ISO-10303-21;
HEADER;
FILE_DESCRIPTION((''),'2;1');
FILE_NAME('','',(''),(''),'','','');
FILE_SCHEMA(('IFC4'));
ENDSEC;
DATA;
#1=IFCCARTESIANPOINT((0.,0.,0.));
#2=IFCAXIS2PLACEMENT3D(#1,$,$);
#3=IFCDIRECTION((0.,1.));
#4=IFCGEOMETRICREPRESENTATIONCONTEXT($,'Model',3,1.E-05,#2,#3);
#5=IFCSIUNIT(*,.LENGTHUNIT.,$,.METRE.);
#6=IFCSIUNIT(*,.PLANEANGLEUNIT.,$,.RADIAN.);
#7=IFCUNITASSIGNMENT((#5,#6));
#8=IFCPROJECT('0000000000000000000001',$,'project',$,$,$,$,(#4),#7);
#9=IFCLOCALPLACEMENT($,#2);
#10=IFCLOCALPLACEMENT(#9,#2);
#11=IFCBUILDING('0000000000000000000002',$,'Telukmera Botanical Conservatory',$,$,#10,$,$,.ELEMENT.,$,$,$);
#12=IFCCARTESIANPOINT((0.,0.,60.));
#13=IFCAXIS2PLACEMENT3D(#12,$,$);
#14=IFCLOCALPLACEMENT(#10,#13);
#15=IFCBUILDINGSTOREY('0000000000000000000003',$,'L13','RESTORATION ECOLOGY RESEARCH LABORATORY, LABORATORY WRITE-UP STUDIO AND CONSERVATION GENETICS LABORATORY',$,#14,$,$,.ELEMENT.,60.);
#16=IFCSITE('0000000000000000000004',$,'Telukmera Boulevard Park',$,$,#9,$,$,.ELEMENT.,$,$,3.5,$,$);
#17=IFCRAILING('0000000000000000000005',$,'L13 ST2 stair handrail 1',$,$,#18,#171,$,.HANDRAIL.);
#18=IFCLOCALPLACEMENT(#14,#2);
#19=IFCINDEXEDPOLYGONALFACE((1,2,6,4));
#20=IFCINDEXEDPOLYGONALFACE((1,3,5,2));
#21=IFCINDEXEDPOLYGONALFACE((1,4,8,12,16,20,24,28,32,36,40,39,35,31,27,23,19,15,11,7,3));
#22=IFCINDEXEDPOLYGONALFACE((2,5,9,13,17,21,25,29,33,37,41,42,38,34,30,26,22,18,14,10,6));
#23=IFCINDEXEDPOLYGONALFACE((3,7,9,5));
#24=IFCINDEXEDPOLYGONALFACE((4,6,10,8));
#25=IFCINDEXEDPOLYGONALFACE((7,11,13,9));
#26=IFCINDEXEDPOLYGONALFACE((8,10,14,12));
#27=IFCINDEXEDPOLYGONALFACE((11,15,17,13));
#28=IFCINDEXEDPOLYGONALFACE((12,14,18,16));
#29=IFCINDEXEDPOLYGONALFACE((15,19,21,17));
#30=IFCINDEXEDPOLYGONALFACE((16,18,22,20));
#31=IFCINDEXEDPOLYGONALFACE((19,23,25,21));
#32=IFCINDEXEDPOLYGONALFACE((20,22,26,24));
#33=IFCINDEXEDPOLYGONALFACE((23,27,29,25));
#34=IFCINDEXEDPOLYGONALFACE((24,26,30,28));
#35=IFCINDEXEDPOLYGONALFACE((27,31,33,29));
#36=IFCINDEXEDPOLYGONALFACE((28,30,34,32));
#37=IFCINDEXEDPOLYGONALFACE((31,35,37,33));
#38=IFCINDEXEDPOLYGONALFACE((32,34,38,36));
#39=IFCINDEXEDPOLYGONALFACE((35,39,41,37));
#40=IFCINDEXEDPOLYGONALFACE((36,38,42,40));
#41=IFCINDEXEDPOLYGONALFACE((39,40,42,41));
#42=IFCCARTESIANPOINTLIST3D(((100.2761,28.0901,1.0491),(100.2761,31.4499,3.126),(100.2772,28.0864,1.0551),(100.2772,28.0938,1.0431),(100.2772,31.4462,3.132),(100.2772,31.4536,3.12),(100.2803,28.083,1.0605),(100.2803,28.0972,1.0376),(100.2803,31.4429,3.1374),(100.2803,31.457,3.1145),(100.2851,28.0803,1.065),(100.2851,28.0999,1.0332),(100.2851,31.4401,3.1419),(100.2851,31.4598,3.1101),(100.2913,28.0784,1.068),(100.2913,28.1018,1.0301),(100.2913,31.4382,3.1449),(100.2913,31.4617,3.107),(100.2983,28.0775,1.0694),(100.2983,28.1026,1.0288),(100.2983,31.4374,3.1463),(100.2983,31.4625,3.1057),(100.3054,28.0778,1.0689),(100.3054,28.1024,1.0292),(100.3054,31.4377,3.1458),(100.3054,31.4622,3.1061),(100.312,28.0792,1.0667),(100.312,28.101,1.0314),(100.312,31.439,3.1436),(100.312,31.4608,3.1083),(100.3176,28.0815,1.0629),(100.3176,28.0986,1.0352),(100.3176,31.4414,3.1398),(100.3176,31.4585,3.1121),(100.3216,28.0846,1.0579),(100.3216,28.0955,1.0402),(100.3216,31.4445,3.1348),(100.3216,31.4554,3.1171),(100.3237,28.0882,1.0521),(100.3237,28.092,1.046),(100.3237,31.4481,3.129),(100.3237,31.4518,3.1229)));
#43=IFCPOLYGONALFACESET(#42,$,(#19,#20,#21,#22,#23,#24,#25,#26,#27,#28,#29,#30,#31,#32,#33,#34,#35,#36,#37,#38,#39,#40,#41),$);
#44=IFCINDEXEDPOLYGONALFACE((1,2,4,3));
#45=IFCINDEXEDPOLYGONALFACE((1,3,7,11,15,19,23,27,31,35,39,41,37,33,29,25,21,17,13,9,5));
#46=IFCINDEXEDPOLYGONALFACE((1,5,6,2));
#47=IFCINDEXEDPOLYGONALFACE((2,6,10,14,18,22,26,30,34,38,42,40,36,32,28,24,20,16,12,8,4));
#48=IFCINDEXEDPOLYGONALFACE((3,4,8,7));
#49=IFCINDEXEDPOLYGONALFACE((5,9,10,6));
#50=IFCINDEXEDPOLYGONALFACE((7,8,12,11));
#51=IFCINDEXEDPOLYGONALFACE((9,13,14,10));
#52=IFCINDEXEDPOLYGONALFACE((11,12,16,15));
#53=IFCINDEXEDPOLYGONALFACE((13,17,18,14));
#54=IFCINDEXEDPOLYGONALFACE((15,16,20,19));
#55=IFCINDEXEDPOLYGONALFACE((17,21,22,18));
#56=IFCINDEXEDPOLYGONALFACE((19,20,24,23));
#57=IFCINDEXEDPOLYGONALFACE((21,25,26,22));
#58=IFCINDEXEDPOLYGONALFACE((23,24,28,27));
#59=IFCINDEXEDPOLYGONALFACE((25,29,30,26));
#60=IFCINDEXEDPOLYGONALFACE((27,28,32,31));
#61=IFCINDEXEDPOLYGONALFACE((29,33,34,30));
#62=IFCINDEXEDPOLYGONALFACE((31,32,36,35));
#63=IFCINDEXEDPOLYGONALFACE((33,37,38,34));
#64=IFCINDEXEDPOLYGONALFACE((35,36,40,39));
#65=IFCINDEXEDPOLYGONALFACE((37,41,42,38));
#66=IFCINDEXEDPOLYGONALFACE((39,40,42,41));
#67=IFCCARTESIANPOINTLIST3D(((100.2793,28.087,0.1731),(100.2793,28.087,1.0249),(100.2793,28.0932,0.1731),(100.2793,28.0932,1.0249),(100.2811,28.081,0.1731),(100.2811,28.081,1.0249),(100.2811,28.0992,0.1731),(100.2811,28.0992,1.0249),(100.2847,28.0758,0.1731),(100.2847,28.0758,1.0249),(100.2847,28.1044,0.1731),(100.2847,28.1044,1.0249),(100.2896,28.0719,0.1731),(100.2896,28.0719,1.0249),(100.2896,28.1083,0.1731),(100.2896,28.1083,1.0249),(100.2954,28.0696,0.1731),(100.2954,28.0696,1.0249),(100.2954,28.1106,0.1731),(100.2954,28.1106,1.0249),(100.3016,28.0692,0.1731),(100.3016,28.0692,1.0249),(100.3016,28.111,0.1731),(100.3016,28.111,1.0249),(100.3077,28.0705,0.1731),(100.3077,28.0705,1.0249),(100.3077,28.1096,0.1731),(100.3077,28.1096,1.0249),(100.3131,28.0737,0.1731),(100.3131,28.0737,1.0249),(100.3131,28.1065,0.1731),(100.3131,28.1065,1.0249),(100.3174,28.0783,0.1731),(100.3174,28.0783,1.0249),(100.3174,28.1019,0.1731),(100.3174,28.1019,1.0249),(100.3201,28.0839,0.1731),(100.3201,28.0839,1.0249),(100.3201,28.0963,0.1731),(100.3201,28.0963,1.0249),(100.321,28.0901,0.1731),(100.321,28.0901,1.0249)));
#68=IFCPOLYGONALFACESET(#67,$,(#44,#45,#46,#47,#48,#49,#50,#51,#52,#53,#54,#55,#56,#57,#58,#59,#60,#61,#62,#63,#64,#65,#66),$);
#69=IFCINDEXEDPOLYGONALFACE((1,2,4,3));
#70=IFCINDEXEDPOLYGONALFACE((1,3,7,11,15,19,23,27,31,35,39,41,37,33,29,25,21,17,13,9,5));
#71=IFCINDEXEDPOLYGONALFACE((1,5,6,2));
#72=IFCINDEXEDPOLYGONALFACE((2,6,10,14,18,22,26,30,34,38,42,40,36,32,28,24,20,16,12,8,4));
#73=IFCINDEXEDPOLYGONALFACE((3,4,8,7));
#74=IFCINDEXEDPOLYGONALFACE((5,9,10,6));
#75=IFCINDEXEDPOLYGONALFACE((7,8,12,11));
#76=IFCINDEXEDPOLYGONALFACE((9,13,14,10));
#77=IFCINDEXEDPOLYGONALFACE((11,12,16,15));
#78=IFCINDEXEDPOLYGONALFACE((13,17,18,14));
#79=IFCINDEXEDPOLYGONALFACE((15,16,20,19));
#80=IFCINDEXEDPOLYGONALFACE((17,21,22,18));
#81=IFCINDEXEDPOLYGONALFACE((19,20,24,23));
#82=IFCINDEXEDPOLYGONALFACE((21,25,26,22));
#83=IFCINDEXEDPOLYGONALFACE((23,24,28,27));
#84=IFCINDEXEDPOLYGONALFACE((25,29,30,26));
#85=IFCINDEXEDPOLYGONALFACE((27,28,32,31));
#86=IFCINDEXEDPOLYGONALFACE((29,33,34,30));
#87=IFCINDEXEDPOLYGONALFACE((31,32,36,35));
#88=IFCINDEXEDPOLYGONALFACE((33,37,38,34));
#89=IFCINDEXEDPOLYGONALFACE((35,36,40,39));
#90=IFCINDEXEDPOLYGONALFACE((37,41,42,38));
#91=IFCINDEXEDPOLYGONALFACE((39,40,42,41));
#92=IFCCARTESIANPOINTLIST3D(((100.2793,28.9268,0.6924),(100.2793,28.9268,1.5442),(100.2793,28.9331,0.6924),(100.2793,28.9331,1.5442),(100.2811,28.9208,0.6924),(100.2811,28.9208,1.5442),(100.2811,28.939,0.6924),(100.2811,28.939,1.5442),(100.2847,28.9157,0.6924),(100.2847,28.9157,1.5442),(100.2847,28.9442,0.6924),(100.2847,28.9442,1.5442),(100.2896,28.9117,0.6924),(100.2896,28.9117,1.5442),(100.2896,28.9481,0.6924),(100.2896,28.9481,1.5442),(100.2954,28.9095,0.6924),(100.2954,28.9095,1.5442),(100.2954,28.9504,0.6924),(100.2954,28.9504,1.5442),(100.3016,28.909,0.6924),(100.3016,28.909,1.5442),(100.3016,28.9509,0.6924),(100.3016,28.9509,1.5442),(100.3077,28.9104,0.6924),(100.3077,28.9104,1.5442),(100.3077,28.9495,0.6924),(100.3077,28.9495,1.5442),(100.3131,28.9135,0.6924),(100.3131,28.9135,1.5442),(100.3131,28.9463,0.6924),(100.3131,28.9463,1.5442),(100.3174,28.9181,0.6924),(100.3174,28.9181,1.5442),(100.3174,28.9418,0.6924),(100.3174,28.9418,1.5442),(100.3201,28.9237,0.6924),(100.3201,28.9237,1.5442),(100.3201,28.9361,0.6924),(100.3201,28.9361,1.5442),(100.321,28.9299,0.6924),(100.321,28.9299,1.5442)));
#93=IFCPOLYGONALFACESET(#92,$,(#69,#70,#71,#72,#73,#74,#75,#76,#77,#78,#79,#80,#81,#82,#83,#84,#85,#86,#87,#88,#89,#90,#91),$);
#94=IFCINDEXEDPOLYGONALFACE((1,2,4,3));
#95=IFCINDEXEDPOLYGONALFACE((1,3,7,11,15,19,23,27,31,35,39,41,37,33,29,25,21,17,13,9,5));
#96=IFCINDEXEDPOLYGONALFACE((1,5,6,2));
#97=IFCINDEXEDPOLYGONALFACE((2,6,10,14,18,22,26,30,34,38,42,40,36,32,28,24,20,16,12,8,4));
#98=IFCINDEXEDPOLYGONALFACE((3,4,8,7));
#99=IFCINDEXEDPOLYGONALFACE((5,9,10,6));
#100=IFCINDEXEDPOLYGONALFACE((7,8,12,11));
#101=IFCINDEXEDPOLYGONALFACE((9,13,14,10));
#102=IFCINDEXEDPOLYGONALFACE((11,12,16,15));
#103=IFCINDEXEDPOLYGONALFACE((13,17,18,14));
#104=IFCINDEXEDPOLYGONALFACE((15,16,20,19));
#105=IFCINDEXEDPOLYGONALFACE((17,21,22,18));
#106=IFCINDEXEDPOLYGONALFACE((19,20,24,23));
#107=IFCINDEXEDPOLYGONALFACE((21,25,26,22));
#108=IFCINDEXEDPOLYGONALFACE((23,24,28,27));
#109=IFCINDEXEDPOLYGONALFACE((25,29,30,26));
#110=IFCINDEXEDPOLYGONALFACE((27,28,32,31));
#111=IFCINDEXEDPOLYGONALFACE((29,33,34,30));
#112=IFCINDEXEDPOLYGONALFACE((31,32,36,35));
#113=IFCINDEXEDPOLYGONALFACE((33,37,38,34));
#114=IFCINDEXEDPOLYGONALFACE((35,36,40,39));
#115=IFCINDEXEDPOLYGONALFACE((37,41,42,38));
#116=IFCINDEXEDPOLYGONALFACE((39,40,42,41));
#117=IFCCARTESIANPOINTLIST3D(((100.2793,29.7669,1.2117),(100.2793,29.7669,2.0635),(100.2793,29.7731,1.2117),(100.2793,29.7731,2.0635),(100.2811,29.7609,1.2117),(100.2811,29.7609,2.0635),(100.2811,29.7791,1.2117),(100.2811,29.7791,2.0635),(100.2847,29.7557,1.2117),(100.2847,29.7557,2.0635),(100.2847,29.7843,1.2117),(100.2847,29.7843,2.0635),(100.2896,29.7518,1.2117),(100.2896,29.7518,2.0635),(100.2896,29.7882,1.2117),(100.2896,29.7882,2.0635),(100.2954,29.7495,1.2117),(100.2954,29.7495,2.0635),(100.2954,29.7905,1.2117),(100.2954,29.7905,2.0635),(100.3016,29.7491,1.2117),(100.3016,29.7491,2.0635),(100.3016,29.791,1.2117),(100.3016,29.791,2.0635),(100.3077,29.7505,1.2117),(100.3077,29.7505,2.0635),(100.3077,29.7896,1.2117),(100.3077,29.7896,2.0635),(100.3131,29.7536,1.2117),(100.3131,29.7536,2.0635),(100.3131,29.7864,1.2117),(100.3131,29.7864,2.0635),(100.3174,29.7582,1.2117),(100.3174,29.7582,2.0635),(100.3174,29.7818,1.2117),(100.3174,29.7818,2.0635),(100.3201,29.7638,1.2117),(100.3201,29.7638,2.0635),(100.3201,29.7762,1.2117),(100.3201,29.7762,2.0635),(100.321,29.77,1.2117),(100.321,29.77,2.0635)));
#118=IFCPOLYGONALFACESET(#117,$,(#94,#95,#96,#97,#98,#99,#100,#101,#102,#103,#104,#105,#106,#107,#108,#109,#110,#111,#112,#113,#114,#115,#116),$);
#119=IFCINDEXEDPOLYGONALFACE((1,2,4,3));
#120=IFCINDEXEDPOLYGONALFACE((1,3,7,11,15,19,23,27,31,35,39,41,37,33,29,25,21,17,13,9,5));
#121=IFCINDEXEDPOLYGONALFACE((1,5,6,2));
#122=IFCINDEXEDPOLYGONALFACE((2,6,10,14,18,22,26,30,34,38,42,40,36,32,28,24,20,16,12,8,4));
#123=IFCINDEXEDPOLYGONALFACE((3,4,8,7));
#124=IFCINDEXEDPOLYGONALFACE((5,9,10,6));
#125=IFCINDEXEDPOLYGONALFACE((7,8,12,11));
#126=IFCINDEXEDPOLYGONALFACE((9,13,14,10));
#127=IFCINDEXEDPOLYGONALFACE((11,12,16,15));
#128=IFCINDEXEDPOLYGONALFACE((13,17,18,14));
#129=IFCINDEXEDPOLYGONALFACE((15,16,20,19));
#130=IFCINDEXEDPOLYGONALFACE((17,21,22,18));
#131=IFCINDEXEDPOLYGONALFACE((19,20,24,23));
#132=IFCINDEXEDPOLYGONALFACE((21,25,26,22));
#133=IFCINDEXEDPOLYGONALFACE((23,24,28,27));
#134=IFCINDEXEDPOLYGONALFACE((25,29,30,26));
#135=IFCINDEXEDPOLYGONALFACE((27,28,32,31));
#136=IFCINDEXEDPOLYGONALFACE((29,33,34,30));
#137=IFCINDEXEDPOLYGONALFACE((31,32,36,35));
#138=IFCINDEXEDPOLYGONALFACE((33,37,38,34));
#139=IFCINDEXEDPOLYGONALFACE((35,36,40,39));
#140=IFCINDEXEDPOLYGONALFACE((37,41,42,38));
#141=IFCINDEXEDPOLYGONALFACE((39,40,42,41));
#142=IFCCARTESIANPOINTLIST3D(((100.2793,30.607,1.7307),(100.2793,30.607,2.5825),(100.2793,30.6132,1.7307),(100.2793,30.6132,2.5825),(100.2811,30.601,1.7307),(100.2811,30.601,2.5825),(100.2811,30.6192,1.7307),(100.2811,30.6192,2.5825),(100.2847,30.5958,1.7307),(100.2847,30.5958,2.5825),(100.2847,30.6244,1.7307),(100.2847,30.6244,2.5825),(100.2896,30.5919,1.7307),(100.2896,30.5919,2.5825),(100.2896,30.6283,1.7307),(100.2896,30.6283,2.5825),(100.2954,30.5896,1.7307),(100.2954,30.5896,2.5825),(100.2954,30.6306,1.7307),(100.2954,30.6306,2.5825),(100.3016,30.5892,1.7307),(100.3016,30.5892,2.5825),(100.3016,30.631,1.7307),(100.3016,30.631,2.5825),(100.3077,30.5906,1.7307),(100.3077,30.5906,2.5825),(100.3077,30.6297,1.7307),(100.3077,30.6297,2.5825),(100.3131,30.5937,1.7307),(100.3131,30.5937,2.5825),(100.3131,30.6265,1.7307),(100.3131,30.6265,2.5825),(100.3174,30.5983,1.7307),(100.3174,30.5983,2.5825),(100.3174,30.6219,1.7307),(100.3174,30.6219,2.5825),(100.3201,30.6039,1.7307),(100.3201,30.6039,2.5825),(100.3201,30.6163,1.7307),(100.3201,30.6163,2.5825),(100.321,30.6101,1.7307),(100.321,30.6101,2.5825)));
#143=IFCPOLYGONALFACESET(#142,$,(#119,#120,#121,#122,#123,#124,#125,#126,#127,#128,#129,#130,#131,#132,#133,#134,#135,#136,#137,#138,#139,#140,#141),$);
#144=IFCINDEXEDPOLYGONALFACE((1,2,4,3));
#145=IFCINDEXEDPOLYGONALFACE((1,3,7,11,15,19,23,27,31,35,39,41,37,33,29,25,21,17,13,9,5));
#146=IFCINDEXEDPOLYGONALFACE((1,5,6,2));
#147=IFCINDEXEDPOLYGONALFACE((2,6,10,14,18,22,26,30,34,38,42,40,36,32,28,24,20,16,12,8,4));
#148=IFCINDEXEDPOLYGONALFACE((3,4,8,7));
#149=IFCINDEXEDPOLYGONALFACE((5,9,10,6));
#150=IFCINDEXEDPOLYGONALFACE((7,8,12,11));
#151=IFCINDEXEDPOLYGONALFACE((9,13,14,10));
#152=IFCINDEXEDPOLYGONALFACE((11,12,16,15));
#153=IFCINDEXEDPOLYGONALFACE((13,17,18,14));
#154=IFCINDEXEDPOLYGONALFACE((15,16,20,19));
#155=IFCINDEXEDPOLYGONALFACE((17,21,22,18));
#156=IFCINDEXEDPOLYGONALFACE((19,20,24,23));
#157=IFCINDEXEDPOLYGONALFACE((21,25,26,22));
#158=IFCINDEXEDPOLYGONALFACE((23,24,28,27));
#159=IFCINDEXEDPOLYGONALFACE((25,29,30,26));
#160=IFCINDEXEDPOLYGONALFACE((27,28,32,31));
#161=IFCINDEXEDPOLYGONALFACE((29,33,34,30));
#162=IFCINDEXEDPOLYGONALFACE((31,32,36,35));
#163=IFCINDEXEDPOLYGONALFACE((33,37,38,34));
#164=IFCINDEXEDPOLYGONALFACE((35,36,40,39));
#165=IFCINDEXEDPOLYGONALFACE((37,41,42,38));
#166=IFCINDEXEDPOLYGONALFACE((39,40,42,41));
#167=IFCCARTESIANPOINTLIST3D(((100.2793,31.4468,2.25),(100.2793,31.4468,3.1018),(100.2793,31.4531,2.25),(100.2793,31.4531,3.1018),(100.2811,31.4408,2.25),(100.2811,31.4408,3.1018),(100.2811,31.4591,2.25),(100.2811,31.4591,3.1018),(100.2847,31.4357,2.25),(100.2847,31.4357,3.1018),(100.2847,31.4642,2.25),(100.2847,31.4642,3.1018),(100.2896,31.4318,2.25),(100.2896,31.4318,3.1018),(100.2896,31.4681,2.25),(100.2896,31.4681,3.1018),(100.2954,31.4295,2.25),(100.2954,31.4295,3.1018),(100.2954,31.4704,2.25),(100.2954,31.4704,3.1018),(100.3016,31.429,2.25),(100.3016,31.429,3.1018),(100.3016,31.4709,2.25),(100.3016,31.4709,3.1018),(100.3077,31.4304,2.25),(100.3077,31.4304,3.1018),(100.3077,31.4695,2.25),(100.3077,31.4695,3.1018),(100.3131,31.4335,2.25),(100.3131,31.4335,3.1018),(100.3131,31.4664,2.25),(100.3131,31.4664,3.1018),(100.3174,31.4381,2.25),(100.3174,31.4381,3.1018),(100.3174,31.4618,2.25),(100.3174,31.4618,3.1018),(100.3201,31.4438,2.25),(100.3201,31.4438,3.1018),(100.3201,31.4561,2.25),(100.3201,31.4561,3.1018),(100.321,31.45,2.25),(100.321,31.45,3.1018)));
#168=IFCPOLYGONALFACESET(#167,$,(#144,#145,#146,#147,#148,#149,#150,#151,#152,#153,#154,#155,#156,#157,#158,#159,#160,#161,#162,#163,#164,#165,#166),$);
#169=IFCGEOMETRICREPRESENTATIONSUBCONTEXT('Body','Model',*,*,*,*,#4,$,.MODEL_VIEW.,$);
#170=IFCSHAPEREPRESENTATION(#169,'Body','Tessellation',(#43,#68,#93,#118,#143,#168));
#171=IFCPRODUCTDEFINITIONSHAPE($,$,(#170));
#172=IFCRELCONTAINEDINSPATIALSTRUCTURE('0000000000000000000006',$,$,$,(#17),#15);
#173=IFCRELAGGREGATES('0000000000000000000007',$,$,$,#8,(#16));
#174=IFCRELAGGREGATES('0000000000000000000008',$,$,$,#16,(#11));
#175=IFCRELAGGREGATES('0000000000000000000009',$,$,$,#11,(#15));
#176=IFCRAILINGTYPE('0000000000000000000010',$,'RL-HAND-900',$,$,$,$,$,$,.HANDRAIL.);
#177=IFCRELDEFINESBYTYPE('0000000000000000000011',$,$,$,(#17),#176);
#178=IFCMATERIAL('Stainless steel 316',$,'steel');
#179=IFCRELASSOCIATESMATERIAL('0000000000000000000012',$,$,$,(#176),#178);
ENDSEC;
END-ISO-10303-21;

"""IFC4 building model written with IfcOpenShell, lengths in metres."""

from ifc_helpers import new_model, si_unit, direction, frame, origin, origin_2d, place, context, subcontext, project, spatial, circle, extrude, material, type_object, element, save


model = new_model("IFC4")

# Units and contexts
model_context = context("Model", 3, precision=1e-05, world=origin(), true_north=direction((0.0, 1.0)))
body_context = subcontext(model_context, "Body", "Model", "MODEL_VIEW")
ifc_project = project(units=[si_unit("LENGTHUNIT", "METRE"), si_unit("PLANEANGLEUNIT", "RADIAN")], contexts=[model_context])

# Site, building, storey
site_placement = place(None, origin())
site = spatial("IfcSite", under=ifc_project, at=site_placement, Name="Telukmera Boulevard Park", CompositionType="ELEMENT", RefElevation=3.5)
building_placement = place(site_placement, origin())
building = spatial("IfcBuilding", under=site, at=building_placement, Name="Telukmera Botanical Conservatory", CompositionType="ELEMENT")
storey_placement = place(building_placement, frame((0.0, 0.0, 60.0)))
storey = spatial("IfcBuildingStorey", under=building, at=storey_placement, Name="L13", Description="RESTORATION ECOLOGY RESEARCH LABORATORY, LABORATORY WRITE-UP STUDIO AND CONSERVATION GENETICS LABORATORY", CompositionType="ELEMENT", Elevation=60.0)

# Railing
ifc_material_1 = material(Name="Stainless steel 316", Category="steel")
railing_type_1 = type_object("IfcRailingType", Name="RL-HAND-900", PredefinedType="HANDRAIL", material=ifc_material_1)
railing_1_placement = place(storey_placement, frame((100.3, 28.0901, 0.1731)))
element("IfcRailing", 1, at=railing_1_placement, inside=storey, type_object=railing_type_1, Name="L13 ST2 stair handrail 1", PredefinedType="HANDRAIL", context=body_context, shape_type="SweptSolid", body=[
    extrude(circle(Radius=0.0239, at=origin_2d()), frame((0.0, 0.0, 0.876), z_axis=(0.0, 0.850606, 0.525803), x_axis=(-1.0, 0.0, 0.0)), (0.0, 0.0, 1.0), 3.95),
    extrude(circle(Radius=0.021, at=origin_2d()), origin(), (0.0, 0.0, 1.0), 0.8518),
    extrude(circle(Radius=0.021, at=origin_2d()), frame((0.0, 0.8398, 0.5193)), (0.0, 0.0, 1.0), 0.8518),
    extrude(circle(Radius=0.021, at=origin_2d()), frame((0.0, 1.6799, 1.0386)), (0.0, 0.0, 1.0), 0.8518),
    extrude(circle(Radius=0.021, at=origin_2d()), frame((0.0, 2.52, 1.5576)), (0.0, 0.0, 1.0), 0.8518),
    extrude(circle(Radius=0.021, at=origin_2d()), frame((0.0, 3.3599, 2.0769)), (0.0, 0.0, 1.0), 0.8518),
])

save(model, "model.ifc")
